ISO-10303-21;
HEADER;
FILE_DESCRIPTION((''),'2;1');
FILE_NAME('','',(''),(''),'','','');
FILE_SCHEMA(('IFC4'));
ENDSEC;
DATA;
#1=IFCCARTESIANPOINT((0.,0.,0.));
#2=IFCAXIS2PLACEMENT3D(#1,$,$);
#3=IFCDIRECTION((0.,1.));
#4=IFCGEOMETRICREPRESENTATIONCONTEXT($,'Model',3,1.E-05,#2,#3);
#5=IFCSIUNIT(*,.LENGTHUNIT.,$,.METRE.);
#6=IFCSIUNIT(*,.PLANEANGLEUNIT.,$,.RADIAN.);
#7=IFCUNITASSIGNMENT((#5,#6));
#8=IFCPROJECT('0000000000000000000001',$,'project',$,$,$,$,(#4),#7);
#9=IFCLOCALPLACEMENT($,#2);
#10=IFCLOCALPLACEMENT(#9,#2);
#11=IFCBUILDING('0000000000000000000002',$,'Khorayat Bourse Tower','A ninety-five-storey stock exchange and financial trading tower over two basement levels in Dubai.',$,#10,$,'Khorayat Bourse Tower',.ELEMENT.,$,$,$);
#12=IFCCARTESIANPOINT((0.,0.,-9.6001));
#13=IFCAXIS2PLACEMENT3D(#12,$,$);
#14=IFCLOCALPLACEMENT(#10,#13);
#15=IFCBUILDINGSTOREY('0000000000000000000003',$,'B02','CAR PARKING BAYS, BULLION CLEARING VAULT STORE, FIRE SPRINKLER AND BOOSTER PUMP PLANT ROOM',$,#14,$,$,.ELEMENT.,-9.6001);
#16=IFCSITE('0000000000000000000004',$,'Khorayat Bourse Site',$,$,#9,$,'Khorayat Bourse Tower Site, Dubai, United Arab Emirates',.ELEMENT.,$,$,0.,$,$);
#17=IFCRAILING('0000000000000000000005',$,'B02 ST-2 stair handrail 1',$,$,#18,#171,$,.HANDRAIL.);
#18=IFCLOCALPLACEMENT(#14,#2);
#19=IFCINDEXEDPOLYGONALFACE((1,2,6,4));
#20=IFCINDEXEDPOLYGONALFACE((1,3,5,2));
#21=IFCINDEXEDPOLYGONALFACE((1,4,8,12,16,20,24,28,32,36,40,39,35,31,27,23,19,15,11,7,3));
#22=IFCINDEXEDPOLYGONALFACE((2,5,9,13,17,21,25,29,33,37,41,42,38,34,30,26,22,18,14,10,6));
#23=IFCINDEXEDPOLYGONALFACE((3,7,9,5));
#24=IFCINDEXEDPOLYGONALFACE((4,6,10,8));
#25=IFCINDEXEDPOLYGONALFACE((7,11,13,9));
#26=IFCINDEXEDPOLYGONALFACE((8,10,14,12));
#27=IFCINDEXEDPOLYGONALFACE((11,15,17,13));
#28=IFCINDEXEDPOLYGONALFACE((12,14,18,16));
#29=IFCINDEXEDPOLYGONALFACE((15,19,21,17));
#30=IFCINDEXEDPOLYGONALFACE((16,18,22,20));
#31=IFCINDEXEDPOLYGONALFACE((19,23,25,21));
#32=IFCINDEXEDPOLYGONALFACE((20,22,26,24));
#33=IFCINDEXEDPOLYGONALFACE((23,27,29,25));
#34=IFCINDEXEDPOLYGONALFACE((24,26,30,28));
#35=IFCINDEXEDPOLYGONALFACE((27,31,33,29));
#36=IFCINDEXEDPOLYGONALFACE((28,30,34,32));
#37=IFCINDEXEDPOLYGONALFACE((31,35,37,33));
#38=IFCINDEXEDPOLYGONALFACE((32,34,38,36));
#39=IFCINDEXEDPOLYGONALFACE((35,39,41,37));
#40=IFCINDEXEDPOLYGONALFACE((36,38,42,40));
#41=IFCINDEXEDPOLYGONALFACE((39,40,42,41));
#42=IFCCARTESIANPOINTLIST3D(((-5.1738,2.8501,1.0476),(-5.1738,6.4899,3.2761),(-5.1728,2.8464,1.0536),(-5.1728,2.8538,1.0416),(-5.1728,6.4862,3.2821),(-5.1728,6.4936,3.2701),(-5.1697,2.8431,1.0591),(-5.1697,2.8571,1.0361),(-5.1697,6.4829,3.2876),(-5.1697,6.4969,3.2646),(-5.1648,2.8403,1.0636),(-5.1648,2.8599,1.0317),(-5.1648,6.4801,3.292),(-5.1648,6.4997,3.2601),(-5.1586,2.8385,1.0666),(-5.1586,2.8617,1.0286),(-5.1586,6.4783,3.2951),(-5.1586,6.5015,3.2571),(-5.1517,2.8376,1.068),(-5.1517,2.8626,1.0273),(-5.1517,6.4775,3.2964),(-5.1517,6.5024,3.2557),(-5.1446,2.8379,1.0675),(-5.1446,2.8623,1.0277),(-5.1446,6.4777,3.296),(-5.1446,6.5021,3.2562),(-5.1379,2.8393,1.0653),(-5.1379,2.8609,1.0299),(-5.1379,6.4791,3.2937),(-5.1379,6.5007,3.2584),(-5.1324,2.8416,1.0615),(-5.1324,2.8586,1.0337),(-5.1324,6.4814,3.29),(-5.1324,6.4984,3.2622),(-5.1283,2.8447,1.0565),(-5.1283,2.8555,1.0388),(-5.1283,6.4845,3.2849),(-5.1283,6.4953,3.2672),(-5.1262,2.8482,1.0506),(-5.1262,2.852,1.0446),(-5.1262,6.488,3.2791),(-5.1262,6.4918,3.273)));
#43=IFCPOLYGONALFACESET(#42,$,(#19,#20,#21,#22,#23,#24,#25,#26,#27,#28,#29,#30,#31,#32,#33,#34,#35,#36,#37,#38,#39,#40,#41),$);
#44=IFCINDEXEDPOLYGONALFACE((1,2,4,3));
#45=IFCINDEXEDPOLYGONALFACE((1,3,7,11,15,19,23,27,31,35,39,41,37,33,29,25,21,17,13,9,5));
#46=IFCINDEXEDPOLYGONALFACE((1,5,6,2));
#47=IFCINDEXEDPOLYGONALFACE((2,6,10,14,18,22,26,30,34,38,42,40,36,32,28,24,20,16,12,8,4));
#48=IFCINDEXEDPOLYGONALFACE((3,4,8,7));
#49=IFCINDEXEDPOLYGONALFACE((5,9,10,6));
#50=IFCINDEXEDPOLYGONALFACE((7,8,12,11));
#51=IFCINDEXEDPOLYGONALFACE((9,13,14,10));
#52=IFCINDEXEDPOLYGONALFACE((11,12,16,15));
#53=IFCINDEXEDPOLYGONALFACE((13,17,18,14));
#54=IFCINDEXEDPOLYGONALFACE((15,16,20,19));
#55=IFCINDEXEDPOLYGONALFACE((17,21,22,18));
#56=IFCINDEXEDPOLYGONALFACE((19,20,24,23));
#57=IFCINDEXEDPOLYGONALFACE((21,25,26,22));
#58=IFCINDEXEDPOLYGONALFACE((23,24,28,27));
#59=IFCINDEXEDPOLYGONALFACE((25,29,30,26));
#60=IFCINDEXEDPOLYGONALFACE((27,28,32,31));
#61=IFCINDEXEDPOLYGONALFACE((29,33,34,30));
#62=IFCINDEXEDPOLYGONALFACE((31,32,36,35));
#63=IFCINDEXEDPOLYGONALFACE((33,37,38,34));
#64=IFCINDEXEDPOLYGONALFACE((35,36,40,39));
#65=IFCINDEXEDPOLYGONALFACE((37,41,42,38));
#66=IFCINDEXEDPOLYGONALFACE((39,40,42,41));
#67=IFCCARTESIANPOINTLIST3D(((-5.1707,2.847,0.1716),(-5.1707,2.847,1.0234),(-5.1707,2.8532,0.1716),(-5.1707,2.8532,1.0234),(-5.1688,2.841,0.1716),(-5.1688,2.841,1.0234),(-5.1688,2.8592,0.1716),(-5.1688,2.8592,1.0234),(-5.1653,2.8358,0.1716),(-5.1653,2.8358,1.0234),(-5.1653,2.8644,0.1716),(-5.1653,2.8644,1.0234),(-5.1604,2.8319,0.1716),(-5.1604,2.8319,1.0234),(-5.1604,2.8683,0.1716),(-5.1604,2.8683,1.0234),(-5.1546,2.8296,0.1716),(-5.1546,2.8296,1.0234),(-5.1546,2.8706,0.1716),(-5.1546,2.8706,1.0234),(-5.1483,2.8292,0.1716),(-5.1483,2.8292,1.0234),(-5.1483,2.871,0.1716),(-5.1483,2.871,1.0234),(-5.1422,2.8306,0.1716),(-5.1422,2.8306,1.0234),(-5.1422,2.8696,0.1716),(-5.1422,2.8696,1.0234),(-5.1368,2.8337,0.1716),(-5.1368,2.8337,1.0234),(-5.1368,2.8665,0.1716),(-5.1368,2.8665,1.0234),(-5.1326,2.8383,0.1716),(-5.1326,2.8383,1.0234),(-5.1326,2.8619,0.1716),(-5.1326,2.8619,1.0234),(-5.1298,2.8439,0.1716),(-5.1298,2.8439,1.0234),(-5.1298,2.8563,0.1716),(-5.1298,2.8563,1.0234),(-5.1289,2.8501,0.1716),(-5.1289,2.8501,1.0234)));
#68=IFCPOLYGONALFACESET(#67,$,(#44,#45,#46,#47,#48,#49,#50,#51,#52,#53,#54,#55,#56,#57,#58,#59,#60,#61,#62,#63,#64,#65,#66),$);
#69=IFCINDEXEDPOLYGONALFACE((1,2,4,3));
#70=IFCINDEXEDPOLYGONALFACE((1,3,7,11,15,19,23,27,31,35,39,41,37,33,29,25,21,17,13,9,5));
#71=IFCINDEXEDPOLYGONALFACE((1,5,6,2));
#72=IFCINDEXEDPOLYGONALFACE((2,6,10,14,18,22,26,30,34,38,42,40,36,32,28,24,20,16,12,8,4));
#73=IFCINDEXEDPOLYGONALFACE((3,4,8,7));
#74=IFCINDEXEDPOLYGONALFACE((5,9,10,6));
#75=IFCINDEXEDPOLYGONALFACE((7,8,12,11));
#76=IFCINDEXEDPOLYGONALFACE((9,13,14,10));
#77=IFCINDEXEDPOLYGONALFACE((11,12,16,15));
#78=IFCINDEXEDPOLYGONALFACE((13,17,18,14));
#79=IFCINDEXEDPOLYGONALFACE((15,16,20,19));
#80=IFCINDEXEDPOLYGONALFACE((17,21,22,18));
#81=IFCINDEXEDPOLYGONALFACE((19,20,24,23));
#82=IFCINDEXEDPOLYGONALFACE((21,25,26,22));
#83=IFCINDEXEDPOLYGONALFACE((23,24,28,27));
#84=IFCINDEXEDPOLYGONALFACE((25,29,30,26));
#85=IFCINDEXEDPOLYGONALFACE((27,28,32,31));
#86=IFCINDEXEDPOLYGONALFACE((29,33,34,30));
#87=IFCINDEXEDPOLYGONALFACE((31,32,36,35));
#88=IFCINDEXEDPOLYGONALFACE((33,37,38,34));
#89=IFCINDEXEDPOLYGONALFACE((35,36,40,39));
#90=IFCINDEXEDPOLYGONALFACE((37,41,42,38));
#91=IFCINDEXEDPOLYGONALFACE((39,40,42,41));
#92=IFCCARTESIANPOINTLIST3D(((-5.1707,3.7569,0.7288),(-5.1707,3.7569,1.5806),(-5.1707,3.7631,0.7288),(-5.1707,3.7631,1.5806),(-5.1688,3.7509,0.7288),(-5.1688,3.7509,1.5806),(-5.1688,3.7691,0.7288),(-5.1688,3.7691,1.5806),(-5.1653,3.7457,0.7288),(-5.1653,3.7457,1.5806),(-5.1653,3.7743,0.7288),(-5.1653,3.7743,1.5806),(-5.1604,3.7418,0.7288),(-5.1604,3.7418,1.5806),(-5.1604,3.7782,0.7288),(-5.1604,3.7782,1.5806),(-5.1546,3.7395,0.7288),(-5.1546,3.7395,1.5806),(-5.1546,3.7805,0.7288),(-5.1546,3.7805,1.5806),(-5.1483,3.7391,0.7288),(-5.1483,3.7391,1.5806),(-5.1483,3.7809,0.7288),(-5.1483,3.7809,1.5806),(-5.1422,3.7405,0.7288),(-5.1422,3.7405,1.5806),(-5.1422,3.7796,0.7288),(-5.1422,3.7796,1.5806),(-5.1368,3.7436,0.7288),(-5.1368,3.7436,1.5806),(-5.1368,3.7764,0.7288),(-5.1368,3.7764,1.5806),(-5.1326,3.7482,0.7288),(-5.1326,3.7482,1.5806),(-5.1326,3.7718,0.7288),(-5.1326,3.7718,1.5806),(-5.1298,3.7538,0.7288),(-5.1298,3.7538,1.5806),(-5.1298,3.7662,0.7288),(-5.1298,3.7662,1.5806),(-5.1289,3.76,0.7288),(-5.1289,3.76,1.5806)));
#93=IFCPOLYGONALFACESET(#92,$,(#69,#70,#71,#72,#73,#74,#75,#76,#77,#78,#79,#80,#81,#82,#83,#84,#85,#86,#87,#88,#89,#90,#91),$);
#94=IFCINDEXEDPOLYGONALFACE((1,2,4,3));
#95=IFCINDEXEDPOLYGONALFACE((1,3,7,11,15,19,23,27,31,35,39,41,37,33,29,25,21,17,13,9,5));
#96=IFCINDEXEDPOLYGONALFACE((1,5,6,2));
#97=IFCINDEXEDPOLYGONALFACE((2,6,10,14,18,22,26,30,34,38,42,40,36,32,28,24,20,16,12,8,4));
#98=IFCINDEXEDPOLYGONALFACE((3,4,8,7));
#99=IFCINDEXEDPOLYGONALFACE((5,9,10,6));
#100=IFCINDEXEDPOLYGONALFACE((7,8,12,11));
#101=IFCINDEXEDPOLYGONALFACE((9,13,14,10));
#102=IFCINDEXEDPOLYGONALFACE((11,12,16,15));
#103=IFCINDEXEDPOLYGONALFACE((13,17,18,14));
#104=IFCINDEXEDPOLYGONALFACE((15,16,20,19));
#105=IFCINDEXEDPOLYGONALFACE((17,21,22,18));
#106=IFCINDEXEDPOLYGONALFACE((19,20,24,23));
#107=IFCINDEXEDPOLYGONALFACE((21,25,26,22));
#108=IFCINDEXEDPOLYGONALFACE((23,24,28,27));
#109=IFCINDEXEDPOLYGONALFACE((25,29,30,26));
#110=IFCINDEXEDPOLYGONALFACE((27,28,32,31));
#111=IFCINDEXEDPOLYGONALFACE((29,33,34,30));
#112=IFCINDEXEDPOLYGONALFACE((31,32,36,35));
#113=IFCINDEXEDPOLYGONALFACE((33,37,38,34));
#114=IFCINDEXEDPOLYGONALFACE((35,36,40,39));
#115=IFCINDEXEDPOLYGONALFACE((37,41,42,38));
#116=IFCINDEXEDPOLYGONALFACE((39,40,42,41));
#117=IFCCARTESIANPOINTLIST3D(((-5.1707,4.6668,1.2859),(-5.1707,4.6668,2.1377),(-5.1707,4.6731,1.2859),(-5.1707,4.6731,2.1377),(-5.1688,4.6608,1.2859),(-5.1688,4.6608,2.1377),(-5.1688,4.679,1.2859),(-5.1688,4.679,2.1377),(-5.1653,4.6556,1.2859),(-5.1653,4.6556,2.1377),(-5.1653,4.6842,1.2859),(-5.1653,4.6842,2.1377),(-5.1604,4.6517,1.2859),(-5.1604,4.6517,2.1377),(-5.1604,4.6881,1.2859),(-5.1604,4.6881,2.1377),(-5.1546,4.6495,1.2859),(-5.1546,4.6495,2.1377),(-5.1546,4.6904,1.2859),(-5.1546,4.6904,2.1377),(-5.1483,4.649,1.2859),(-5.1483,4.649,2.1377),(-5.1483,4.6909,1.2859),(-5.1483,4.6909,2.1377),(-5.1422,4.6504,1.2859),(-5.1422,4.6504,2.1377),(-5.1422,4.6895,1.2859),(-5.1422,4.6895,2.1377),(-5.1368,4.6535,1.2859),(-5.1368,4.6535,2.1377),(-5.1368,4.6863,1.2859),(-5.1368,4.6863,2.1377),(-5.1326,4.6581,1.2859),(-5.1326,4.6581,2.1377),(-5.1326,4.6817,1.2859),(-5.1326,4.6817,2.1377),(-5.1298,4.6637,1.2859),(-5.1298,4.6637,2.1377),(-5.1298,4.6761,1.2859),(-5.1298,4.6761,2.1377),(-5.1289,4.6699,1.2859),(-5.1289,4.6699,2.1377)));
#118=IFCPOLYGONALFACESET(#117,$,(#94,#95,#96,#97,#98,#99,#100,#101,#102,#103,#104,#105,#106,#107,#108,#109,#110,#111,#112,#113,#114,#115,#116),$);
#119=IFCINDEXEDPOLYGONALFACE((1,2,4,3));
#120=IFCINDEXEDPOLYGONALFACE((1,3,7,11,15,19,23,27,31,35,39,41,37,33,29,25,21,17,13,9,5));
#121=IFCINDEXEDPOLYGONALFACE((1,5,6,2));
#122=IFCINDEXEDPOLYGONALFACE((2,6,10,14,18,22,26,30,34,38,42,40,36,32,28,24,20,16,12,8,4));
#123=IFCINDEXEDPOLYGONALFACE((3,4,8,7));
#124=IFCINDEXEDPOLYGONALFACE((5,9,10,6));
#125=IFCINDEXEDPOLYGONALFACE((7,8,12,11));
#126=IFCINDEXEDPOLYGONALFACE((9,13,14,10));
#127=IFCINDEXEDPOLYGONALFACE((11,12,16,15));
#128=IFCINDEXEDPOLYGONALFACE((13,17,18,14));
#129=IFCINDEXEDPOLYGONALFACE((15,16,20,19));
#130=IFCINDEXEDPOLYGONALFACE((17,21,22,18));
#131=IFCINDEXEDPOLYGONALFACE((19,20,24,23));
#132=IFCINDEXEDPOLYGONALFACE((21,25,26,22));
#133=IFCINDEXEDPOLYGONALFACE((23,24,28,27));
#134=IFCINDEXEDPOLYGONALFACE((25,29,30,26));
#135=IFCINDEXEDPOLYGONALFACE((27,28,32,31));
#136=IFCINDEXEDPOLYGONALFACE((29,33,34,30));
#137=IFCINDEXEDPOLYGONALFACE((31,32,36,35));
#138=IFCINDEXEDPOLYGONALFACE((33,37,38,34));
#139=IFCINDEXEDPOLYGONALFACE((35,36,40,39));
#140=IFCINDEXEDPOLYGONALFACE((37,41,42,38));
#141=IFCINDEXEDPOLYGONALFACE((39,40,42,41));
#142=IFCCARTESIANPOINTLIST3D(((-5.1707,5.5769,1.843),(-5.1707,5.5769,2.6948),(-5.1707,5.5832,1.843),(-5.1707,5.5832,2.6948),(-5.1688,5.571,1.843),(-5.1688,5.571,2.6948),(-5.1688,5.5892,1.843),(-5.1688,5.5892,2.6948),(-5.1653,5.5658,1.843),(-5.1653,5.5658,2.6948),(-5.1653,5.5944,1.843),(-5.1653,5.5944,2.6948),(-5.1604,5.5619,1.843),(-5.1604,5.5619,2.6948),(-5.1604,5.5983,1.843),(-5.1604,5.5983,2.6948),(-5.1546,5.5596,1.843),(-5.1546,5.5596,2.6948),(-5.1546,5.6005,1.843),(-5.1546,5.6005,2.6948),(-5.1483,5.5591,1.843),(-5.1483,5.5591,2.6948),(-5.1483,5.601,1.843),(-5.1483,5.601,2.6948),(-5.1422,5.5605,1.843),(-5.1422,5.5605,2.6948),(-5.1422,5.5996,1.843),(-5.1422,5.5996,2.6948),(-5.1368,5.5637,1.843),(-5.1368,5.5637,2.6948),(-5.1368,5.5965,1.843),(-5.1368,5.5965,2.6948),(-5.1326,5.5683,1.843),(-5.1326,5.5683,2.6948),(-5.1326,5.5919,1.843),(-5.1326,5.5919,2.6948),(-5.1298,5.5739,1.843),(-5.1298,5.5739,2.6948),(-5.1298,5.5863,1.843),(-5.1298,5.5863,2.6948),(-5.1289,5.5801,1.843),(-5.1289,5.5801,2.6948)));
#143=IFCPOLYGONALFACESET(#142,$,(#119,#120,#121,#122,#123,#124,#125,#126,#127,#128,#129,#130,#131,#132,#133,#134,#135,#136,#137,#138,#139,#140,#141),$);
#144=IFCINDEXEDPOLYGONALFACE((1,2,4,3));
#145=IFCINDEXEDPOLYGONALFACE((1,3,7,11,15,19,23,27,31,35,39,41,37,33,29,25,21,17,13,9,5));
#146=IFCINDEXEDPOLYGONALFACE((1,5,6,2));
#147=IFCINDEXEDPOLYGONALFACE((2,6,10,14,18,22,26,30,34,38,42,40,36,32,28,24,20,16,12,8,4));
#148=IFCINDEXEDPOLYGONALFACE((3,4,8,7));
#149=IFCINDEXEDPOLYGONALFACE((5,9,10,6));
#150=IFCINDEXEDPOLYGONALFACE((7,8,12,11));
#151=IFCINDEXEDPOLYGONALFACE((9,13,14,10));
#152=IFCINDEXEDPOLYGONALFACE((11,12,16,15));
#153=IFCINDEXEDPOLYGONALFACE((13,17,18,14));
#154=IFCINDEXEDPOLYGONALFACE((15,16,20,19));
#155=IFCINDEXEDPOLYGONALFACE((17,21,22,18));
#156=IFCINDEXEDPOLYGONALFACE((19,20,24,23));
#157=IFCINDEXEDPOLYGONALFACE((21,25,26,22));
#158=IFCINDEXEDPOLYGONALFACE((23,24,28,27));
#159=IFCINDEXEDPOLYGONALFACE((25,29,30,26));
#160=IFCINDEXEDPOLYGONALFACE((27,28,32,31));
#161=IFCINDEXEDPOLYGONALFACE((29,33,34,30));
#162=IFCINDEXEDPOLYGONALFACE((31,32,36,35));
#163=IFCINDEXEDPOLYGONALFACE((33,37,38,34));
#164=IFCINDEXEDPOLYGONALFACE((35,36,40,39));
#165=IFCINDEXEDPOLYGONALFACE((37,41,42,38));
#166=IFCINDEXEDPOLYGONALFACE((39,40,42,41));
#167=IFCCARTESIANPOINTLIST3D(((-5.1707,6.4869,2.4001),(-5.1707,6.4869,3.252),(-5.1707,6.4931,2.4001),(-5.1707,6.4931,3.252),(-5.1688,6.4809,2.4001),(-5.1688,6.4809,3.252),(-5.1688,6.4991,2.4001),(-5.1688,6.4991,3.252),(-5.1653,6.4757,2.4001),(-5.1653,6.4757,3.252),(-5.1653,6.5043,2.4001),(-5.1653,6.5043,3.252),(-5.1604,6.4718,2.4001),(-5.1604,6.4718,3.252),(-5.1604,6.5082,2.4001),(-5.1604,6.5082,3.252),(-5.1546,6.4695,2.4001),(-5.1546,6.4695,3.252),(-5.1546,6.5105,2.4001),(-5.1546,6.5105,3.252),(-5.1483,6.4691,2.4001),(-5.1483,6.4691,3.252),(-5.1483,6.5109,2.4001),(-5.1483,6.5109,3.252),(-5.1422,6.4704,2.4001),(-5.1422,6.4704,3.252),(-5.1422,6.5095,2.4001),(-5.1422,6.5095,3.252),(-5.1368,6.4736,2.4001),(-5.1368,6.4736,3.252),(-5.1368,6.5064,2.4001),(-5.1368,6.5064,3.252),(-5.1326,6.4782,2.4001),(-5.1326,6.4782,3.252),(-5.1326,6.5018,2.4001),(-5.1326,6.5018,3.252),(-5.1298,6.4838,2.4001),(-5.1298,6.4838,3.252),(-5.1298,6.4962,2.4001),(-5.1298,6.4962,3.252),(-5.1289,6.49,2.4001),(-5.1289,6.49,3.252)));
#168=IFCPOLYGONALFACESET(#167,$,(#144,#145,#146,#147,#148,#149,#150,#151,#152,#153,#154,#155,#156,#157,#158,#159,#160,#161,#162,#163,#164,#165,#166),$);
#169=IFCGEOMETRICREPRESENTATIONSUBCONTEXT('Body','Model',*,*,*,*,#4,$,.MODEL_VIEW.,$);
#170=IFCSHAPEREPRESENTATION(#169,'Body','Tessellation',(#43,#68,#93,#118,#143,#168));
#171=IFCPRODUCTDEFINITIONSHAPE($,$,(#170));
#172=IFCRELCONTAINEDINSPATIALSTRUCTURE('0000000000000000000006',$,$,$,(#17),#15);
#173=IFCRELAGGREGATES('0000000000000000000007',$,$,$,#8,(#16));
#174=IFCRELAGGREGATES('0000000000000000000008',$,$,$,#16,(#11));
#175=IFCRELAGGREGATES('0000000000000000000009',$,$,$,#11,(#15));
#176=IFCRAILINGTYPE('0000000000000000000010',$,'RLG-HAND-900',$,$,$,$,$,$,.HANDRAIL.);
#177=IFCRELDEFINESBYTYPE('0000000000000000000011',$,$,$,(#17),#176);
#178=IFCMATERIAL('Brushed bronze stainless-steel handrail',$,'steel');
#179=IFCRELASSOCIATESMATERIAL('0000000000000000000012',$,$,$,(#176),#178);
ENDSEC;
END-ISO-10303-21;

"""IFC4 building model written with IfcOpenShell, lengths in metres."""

from ifc_helpers import new_model, si_unit, direction, frame, origin, origin_2d, place, context, subcontext, project, spatial, circle, extrude, source, transform, mapped, material, type_object, element, save


model = new_model("IFC4")

# Units and contexts
model_context = context("Model", 3, precision=1e-05, world=origin(), true_north=direction((0.0, 1.0)))
body_context = subcontext(model_context, "Body", "Model", "MODEL_VIEW")
ifc_project = project(units=[si_unit("LENGTHUNIT", "METRE"), si_unit("PLANEANGLEUNIT", "RADIAN")], contexts=[model_context])

# Site, building, storey
site_placement = place(None, origin())
site = spatial("IfcSite", under=ifc_project, at=site_placement, Name="Khorayat Bourse Site", LongName="Khorayat Bourse Tower Site, Dubai, United Arab Emirates", CompositionType="ELEMENT", RefElevation=0.0)
building_placement = place(site_placement, origin())
building = spatial("IfcBuilding", under=site, at=building_placement, Name="Khorayat Bourse Tower", Description="A ninety-five-storey stock exchange and financial trading tower over two basement levels in Dubai.", LongName="Khorayat Bourse Tower", CompositionType="ELEMENT")
storey_placement = place(building_placement, frame((0.0, 0.0, -9.6001)))
storey = spatial("IfcBuildingStorey", under=building, at=storey_placement, Name="B02", Description="CAR PARKING BAYS, BULLION CLEARING VAULT STORE, FIRE SPRINKLER AND BOOSTER PUMP PLANT ROOM", CompositionType="ELEMENT", Elevation=-9.6001)

# Railing
ifc_material_1 = material(Name="Brushed bronze stainless-steel handrail", Category="steel")
railing_type_1 = type_object("IfcRailingType", Name="RLG-HAND-900", PredefinedType="HANDRAIL", material=ifc_material_1)
shared_shape_1 = source(origin(), body_context, "Body", "SweptSolid", [
    extrude(circle(Radius=0.0239, at=origin_2d()), frame((0.0, 0.0, 0.876), z_axis=(0.0, 0.85285, 0.522156), x_axis=(-1.0, 0.0, 0.0)), (0.0, 0.0, 1.0), 4.2678),
    extrude(circle(Radius=0.021, at=origin_2d()), origin(), (0.0, 0.0, 1.0), 0.8518),
    extrude(circle(Radius=0.021, at=origin_2d()), frame((0.0, 0.9099, 0.5571)), (0.0, 0.0, 1.0), 0.8518),
    extrude(circle(Radius=0.021, at=origin_2d()), frame((0.0, 1.8198, 1.1143)), (0.0, 0.0, 1.0), 0.8518),
    extrude(circle(Radius=0.021, at=origin_2d()), frame((0.0, 2.73, 1.6714)), (0.0, 0.0, 1.0), 0.8518),
    extrude(circle(Radius=0.021, at=origin_2d()), frame((0.0, 3.6399, 2.2285)), (0.0, 0.0, 1.0), 0.8518),
])
railing_1_placement = place(storey_placement, frame((-5.1499, 2.8501, 0.1716)))
element("IfcRailing", 1, at=railing_1_placement, inside=storey, type_object=railing_type_1, Name="B02 ST-2 stair handrail 1", PredefinedType="HANDRAIL", context=body_context, shape_type="MappedRepresentation", body=[
    mapped(shared_shape_1, transform((0.0, 0.0, 0.0), scale=1.0)),
])

save(model, "model.ifc")
